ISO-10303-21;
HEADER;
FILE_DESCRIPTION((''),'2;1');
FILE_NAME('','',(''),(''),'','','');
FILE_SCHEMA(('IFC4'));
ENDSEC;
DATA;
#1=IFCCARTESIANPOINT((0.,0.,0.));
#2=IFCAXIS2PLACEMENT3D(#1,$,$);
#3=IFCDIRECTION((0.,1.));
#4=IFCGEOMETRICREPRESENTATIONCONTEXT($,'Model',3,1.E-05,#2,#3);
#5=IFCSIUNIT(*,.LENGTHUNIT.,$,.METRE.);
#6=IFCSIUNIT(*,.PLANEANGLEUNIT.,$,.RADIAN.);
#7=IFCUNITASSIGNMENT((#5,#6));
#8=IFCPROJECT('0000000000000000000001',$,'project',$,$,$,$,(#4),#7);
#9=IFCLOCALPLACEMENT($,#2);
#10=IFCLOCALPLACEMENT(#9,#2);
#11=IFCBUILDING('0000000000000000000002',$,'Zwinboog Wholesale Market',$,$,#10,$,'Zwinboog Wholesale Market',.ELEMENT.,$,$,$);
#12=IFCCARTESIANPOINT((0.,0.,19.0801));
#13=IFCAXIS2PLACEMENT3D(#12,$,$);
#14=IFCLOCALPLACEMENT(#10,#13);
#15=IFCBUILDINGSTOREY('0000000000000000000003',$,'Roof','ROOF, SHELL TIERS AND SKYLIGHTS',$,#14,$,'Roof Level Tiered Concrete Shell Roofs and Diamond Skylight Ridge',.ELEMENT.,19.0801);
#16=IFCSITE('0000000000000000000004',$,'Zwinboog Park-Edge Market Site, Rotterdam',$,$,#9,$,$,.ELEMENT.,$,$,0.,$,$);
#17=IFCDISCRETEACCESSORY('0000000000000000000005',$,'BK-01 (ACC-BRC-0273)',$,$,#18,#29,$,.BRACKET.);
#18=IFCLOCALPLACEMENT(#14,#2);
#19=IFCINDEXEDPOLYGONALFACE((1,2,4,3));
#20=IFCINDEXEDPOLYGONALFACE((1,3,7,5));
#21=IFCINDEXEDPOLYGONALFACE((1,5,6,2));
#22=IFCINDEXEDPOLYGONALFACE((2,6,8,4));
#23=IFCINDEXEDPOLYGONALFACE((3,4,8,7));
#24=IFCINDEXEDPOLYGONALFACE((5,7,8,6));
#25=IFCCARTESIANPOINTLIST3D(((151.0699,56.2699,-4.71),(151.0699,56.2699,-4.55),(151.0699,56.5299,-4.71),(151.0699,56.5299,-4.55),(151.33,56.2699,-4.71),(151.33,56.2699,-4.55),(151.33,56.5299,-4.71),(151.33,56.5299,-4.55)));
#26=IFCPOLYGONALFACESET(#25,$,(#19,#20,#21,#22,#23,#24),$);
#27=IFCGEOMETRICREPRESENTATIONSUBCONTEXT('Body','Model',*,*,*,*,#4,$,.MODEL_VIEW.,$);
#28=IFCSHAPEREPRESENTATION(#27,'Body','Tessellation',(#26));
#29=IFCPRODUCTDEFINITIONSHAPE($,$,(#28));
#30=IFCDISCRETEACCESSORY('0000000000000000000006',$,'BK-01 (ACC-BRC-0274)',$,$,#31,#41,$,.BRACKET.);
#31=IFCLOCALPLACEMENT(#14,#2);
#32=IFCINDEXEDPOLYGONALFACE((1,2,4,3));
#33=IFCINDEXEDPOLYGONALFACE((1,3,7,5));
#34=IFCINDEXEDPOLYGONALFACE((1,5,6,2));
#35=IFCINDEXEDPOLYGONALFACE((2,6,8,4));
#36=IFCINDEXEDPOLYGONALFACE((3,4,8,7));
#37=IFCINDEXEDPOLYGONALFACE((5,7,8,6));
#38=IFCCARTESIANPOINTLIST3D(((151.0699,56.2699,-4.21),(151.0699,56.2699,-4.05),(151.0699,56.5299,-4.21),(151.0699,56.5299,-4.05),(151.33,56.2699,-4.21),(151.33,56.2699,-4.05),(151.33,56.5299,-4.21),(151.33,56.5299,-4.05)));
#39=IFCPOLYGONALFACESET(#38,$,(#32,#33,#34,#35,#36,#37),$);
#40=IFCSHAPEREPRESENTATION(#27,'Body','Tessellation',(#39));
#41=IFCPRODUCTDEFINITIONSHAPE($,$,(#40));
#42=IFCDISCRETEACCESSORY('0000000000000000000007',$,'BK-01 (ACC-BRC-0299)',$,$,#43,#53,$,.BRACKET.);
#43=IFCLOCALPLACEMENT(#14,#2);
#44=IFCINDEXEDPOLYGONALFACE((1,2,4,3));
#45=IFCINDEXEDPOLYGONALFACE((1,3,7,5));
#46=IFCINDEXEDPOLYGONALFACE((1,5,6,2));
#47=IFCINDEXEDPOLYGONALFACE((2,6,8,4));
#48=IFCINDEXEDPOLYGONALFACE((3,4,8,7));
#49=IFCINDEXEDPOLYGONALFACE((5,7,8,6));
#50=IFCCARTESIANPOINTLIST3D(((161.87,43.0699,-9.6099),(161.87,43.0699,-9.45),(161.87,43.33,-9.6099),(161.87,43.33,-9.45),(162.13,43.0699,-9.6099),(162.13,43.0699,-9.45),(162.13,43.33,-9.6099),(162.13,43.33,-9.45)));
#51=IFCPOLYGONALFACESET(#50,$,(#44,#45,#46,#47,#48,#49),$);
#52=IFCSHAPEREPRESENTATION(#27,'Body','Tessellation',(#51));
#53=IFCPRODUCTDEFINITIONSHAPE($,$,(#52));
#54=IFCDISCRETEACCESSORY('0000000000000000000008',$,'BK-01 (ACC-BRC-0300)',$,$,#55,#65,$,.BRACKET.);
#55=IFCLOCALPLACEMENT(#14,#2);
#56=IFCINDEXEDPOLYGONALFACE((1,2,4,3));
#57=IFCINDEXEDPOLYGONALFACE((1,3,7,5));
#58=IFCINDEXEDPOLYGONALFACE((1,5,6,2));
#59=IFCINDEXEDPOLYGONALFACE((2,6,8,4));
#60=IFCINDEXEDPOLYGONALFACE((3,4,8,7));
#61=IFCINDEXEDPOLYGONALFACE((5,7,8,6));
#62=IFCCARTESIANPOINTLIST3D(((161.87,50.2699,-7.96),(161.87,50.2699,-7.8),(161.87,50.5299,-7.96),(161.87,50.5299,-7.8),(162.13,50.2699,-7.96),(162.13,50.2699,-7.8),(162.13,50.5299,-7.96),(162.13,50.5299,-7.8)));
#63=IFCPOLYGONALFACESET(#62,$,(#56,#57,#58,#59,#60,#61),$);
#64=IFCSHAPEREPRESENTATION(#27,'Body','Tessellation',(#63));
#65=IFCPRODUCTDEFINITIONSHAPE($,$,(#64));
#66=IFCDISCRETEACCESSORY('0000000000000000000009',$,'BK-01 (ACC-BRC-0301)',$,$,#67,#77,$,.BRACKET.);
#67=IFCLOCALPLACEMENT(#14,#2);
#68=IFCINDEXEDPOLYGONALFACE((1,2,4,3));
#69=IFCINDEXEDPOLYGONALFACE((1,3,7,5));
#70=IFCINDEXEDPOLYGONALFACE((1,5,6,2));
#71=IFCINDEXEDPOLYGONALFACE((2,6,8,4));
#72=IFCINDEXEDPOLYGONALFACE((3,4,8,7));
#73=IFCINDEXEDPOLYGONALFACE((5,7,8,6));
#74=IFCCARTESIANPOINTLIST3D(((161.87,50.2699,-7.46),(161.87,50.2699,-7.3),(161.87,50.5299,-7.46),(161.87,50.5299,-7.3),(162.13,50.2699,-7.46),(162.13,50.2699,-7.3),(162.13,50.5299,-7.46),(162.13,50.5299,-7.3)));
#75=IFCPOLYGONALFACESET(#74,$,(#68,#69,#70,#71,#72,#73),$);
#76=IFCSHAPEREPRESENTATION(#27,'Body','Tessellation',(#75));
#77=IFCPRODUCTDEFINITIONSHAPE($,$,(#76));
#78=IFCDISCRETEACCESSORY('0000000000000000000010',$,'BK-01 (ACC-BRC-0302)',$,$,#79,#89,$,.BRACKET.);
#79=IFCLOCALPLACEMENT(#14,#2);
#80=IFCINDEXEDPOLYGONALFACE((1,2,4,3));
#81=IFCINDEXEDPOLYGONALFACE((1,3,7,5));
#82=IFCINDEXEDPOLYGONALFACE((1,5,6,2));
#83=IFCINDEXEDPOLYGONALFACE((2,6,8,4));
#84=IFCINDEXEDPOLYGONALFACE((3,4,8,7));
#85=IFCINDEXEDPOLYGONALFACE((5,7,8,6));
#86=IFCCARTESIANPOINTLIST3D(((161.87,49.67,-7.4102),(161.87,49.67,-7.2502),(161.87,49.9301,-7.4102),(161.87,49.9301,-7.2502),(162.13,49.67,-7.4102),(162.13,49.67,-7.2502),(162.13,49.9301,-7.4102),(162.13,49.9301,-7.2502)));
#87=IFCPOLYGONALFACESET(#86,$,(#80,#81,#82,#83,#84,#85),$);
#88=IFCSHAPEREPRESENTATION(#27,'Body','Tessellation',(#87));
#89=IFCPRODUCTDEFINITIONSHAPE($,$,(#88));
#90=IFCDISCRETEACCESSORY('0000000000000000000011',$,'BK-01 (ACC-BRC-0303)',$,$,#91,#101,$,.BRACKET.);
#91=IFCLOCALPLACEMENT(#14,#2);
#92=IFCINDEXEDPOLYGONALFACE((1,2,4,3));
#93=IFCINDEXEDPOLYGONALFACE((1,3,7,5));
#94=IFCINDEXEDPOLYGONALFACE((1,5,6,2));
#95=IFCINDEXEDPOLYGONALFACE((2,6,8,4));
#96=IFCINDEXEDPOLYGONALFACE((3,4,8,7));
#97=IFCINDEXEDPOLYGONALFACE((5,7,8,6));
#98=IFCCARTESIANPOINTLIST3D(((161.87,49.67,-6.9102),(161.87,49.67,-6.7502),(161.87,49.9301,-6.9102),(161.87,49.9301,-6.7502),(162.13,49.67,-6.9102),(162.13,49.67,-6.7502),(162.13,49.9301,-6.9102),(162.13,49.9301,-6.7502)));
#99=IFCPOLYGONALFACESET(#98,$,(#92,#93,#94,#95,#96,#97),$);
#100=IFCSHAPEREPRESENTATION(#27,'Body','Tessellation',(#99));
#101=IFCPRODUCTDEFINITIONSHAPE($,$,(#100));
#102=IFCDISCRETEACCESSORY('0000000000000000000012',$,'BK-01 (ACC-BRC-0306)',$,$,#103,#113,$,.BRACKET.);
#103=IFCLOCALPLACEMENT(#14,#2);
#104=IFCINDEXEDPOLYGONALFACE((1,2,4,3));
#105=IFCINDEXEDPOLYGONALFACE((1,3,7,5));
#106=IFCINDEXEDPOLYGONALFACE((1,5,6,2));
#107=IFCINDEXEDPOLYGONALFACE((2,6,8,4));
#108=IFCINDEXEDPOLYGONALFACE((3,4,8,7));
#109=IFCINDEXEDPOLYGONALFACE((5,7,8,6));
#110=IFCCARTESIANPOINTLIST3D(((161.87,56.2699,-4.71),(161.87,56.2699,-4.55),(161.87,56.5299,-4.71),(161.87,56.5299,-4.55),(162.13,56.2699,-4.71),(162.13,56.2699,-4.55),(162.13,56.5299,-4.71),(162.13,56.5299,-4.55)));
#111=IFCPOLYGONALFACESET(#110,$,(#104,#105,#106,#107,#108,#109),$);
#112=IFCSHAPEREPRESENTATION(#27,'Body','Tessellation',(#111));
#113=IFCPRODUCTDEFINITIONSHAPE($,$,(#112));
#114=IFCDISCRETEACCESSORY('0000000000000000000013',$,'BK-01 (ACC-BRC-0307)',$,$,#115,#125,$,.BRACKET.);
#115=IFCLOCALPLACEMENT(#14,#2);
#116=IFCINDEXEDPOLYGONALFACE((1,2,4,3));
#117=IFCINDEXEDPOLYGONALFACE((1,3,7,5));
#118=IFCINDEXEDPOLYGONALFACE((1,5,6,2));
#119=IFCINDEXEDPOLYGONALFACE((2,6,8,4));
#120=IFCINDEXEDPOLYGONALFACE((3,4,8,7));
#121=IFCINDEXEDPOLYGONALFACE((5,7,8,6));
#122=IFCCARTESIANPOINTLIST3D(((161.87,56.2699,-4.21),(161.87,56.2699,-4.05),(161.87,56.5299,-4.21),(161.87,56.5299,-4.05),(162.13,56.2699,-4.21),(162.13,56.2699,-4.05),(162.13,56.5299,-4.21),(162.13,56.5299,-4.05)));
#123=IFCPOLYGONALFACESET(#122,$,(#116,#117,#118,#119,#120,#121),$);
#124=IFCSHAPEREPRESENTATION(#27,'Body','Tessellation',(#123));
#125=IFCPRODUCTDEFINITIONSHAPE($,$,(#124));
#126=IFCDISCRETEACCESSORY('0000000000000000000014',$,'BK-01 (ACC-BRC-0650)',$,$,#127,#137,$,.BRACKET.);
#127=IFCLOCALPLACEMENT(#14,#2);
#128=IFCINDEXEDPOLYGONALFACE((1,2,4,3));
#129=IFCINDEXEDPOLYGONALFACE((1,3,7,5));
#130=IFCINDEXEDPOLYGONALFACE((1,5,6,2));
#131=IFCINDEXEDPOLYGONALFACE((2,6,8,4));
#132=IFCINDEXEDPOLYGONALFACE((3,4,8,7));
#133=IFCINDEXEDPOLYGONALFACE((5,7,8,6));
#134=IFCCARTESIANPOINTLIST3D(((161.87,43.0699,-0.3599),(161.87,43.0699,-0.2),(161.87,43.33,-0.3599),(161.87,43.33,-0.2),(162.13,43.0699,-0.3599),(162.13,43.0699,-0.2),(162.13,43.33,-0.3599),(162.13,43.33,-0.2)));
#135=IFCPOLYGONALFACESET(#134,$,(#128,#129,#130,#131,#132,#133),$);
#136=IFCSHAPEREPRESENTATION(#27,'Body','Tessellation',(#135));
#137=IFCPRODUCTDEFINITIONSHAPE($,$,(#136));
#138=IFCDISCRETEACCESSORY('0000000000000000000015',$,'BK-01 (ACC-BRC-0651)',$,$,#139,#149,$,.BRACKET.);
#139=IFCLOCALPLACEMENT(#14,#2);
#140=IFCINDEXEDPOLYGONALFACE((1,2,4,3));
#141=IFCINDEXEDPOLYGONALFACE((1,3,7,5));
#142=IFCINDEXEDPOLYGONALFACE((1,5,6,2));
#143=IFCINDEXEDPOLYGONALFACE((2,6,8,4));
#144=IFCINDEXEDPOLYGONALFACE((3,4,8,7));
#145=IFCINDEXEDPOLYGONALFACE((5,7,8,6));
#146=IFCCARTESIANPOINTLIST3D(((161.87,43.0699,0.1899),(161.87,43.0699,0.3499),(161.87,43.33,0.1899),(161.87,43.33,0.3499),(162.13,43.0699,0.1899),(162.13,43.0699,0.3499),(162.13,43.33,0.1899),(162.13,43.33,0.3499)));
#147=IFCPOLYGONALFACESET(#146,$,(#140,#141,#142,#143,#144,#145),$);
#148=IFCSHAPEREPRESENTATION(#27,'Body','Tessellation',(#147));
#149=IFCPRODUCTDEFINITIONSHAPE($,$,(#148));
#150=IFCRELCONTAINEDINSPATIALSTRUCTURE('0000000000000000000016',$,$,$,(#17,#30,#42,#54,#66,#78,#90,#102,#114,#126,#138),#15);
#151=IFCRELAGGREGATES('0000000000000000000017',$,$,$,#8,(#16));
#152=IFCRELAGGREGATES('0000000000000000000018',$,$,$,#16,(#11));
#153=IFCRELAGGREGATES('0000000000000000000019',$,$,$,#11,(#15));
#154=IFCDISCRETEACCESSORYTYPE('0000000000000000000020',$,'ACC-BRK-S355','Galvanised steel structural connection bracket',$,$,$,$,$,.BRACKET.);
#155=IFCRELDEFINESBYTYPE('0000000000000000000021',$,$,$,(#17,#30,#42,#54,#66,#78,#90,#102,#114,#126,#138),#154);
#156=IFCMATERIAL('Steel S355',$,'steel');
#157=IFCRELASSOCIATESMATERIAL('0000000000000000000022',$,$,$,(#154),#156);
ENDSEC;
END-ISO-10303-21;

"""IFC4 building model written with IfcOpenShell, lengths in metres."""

from ifc_helpers import new_model, si_unit, direction, frame, origin, origin_2d, place, context, subcontext, project, spatial, rectangle, extrude, material, type_object, element, save


model = new_model("IFC4")

# Units and contexts
model_context = context("Model", 3, precision=1e-05, world=origin(), true_north=direction((0.0, 1.0)))
body_context = subcontext(model_context, "Body", "Model", "MODEL_VIEW")
ifc_project = project(units=[si_unit("LENGTHUNIT", "METRE"), si_unit("PLANEANGLEUNIT", "RADIAN")], contexts=[model_context])

# Site, building, storey
site_placement = place(None, origin())
site = spatial("IfcSite", under=ifc_project, at=site_placement, Name="Zwinboog Park-Edge Market Site, Rotterdam", CompositionType="ELEMENT", RefElevation=0.0)
building_placement = place(site_placement, origin())
building = spatial("IfcBuilding", under=site, at=building_placement, Name="Zwinboog Wholesale Market", LongName="Zwinboog Wholesale Market", CompositionType="ELEMENT")
storey_placement = place(building_placement, frame((0.0, 0.0, 19.0801)))
storey = spatial("IfcBuildingStorey", under=building, at=storey_placement, Name="Roof", Description="ROOF, SHELL TIERS AND SKYLIGHTS", LongName="Roof Level Tiered Concrete Shell Roofs and Diamond Skylight Ridge", CompositionType="ELEMENT", Elevation=19.0801)

# Shared definitions
ifc_material_1 = material(Name="Steel S355", Category="steel")

# Discrete accessories
discrete_accessory_type = type_object("IfcDiscreteAccessoryType", Name="ACC-BRK-S355", Description="Galvanised steel structural connection bracket", PredefinedType="BRACKET", material=ifc_material_1)
for number, where, z_axis, x_axis, name in (
    (1, (151.2, 56.3999, -4.71), (0.0, 0.0, 1.0), (1.0, 0.0, 0.0), "BK-01 (ACC-BRC-0273)"),
    (2, (151.2, 56.3999, -4.21), (0.0, 0.0, 1.0), (1.0, 0.0, 0.0), "BK-01 (ACC-BRC-0274)"),
    (3, (162.0, 43.2, -9.6099), (0.0, 0.0, 1.0), (1.0, 0.0, 0.0), "BK-01 (ACC-BRC-0299)"),
    (4, (162.0, 50.3999, -7.96), (0.0, 0.0, 1.0), (1.0, 0.0, 0.0), "BK-01 (ACC-BRC-0300)"),
    (5, (162.0, 50.3999, -7.46), (0.0, 0.0, 1.0), (1.0, 0.0, 0.0), "BK-01 (ACC-BRC-0301)"),
    (6, (162.0, 49.8, -7.4102), (0.0, 0.0, 1.0), (1.0, 0.0, 0.0), "BK-01 (ACC-BRC-0302)"),
    (7, (162.0, 49.8, -6.9102), (0.0, 0.0, 1.0), (1.0, 0.0, 0.0), "BK-01 (ACC-BRC-0303)"),
    (8, (162.0, 56.3999, -4.71), (0.0, 0.0, 1.0), (1.0, 0.0, 0.0), "BK-01 (ACC-BRC-0306)"),
    (9, (162.0, 56.3999, -4.21), (0.0, 0.0, 1.0), (1.0, 0.0, 0.0), "BK-01 (ACC-BRC-0307)"),
    (10, (162.0, 43.2, -0.3599), (0.0, 0.0, 1.0), (1.0, 0.0, 0.0), "BK-01 (ACC-BRC-0650)"),
    (11, (162.0, 43.2, 0.1899), (0.0, 0.0, 1.0), (1.0, 0.0, 0.0), "BK-01 (ACC-BRC-0651)"),
):
    element("IfcDiscreteAccessory", number, at=place(storey_placement, frame(where, z_axis=z_axis, x_axis=x_axis)), inside=storey, type_object=discrete_accessory_type, Name=name, PredefinedType="BRACKET", context=body_context, shape_type="SweptSolid", body=[
        extrude(rectangle(XDim=0.26, YDim=0.26, at=origin_2d()), origin(), (0.0, 0.0, 1.0), 0.1599),
    ])

save(model, "model.ifc")
